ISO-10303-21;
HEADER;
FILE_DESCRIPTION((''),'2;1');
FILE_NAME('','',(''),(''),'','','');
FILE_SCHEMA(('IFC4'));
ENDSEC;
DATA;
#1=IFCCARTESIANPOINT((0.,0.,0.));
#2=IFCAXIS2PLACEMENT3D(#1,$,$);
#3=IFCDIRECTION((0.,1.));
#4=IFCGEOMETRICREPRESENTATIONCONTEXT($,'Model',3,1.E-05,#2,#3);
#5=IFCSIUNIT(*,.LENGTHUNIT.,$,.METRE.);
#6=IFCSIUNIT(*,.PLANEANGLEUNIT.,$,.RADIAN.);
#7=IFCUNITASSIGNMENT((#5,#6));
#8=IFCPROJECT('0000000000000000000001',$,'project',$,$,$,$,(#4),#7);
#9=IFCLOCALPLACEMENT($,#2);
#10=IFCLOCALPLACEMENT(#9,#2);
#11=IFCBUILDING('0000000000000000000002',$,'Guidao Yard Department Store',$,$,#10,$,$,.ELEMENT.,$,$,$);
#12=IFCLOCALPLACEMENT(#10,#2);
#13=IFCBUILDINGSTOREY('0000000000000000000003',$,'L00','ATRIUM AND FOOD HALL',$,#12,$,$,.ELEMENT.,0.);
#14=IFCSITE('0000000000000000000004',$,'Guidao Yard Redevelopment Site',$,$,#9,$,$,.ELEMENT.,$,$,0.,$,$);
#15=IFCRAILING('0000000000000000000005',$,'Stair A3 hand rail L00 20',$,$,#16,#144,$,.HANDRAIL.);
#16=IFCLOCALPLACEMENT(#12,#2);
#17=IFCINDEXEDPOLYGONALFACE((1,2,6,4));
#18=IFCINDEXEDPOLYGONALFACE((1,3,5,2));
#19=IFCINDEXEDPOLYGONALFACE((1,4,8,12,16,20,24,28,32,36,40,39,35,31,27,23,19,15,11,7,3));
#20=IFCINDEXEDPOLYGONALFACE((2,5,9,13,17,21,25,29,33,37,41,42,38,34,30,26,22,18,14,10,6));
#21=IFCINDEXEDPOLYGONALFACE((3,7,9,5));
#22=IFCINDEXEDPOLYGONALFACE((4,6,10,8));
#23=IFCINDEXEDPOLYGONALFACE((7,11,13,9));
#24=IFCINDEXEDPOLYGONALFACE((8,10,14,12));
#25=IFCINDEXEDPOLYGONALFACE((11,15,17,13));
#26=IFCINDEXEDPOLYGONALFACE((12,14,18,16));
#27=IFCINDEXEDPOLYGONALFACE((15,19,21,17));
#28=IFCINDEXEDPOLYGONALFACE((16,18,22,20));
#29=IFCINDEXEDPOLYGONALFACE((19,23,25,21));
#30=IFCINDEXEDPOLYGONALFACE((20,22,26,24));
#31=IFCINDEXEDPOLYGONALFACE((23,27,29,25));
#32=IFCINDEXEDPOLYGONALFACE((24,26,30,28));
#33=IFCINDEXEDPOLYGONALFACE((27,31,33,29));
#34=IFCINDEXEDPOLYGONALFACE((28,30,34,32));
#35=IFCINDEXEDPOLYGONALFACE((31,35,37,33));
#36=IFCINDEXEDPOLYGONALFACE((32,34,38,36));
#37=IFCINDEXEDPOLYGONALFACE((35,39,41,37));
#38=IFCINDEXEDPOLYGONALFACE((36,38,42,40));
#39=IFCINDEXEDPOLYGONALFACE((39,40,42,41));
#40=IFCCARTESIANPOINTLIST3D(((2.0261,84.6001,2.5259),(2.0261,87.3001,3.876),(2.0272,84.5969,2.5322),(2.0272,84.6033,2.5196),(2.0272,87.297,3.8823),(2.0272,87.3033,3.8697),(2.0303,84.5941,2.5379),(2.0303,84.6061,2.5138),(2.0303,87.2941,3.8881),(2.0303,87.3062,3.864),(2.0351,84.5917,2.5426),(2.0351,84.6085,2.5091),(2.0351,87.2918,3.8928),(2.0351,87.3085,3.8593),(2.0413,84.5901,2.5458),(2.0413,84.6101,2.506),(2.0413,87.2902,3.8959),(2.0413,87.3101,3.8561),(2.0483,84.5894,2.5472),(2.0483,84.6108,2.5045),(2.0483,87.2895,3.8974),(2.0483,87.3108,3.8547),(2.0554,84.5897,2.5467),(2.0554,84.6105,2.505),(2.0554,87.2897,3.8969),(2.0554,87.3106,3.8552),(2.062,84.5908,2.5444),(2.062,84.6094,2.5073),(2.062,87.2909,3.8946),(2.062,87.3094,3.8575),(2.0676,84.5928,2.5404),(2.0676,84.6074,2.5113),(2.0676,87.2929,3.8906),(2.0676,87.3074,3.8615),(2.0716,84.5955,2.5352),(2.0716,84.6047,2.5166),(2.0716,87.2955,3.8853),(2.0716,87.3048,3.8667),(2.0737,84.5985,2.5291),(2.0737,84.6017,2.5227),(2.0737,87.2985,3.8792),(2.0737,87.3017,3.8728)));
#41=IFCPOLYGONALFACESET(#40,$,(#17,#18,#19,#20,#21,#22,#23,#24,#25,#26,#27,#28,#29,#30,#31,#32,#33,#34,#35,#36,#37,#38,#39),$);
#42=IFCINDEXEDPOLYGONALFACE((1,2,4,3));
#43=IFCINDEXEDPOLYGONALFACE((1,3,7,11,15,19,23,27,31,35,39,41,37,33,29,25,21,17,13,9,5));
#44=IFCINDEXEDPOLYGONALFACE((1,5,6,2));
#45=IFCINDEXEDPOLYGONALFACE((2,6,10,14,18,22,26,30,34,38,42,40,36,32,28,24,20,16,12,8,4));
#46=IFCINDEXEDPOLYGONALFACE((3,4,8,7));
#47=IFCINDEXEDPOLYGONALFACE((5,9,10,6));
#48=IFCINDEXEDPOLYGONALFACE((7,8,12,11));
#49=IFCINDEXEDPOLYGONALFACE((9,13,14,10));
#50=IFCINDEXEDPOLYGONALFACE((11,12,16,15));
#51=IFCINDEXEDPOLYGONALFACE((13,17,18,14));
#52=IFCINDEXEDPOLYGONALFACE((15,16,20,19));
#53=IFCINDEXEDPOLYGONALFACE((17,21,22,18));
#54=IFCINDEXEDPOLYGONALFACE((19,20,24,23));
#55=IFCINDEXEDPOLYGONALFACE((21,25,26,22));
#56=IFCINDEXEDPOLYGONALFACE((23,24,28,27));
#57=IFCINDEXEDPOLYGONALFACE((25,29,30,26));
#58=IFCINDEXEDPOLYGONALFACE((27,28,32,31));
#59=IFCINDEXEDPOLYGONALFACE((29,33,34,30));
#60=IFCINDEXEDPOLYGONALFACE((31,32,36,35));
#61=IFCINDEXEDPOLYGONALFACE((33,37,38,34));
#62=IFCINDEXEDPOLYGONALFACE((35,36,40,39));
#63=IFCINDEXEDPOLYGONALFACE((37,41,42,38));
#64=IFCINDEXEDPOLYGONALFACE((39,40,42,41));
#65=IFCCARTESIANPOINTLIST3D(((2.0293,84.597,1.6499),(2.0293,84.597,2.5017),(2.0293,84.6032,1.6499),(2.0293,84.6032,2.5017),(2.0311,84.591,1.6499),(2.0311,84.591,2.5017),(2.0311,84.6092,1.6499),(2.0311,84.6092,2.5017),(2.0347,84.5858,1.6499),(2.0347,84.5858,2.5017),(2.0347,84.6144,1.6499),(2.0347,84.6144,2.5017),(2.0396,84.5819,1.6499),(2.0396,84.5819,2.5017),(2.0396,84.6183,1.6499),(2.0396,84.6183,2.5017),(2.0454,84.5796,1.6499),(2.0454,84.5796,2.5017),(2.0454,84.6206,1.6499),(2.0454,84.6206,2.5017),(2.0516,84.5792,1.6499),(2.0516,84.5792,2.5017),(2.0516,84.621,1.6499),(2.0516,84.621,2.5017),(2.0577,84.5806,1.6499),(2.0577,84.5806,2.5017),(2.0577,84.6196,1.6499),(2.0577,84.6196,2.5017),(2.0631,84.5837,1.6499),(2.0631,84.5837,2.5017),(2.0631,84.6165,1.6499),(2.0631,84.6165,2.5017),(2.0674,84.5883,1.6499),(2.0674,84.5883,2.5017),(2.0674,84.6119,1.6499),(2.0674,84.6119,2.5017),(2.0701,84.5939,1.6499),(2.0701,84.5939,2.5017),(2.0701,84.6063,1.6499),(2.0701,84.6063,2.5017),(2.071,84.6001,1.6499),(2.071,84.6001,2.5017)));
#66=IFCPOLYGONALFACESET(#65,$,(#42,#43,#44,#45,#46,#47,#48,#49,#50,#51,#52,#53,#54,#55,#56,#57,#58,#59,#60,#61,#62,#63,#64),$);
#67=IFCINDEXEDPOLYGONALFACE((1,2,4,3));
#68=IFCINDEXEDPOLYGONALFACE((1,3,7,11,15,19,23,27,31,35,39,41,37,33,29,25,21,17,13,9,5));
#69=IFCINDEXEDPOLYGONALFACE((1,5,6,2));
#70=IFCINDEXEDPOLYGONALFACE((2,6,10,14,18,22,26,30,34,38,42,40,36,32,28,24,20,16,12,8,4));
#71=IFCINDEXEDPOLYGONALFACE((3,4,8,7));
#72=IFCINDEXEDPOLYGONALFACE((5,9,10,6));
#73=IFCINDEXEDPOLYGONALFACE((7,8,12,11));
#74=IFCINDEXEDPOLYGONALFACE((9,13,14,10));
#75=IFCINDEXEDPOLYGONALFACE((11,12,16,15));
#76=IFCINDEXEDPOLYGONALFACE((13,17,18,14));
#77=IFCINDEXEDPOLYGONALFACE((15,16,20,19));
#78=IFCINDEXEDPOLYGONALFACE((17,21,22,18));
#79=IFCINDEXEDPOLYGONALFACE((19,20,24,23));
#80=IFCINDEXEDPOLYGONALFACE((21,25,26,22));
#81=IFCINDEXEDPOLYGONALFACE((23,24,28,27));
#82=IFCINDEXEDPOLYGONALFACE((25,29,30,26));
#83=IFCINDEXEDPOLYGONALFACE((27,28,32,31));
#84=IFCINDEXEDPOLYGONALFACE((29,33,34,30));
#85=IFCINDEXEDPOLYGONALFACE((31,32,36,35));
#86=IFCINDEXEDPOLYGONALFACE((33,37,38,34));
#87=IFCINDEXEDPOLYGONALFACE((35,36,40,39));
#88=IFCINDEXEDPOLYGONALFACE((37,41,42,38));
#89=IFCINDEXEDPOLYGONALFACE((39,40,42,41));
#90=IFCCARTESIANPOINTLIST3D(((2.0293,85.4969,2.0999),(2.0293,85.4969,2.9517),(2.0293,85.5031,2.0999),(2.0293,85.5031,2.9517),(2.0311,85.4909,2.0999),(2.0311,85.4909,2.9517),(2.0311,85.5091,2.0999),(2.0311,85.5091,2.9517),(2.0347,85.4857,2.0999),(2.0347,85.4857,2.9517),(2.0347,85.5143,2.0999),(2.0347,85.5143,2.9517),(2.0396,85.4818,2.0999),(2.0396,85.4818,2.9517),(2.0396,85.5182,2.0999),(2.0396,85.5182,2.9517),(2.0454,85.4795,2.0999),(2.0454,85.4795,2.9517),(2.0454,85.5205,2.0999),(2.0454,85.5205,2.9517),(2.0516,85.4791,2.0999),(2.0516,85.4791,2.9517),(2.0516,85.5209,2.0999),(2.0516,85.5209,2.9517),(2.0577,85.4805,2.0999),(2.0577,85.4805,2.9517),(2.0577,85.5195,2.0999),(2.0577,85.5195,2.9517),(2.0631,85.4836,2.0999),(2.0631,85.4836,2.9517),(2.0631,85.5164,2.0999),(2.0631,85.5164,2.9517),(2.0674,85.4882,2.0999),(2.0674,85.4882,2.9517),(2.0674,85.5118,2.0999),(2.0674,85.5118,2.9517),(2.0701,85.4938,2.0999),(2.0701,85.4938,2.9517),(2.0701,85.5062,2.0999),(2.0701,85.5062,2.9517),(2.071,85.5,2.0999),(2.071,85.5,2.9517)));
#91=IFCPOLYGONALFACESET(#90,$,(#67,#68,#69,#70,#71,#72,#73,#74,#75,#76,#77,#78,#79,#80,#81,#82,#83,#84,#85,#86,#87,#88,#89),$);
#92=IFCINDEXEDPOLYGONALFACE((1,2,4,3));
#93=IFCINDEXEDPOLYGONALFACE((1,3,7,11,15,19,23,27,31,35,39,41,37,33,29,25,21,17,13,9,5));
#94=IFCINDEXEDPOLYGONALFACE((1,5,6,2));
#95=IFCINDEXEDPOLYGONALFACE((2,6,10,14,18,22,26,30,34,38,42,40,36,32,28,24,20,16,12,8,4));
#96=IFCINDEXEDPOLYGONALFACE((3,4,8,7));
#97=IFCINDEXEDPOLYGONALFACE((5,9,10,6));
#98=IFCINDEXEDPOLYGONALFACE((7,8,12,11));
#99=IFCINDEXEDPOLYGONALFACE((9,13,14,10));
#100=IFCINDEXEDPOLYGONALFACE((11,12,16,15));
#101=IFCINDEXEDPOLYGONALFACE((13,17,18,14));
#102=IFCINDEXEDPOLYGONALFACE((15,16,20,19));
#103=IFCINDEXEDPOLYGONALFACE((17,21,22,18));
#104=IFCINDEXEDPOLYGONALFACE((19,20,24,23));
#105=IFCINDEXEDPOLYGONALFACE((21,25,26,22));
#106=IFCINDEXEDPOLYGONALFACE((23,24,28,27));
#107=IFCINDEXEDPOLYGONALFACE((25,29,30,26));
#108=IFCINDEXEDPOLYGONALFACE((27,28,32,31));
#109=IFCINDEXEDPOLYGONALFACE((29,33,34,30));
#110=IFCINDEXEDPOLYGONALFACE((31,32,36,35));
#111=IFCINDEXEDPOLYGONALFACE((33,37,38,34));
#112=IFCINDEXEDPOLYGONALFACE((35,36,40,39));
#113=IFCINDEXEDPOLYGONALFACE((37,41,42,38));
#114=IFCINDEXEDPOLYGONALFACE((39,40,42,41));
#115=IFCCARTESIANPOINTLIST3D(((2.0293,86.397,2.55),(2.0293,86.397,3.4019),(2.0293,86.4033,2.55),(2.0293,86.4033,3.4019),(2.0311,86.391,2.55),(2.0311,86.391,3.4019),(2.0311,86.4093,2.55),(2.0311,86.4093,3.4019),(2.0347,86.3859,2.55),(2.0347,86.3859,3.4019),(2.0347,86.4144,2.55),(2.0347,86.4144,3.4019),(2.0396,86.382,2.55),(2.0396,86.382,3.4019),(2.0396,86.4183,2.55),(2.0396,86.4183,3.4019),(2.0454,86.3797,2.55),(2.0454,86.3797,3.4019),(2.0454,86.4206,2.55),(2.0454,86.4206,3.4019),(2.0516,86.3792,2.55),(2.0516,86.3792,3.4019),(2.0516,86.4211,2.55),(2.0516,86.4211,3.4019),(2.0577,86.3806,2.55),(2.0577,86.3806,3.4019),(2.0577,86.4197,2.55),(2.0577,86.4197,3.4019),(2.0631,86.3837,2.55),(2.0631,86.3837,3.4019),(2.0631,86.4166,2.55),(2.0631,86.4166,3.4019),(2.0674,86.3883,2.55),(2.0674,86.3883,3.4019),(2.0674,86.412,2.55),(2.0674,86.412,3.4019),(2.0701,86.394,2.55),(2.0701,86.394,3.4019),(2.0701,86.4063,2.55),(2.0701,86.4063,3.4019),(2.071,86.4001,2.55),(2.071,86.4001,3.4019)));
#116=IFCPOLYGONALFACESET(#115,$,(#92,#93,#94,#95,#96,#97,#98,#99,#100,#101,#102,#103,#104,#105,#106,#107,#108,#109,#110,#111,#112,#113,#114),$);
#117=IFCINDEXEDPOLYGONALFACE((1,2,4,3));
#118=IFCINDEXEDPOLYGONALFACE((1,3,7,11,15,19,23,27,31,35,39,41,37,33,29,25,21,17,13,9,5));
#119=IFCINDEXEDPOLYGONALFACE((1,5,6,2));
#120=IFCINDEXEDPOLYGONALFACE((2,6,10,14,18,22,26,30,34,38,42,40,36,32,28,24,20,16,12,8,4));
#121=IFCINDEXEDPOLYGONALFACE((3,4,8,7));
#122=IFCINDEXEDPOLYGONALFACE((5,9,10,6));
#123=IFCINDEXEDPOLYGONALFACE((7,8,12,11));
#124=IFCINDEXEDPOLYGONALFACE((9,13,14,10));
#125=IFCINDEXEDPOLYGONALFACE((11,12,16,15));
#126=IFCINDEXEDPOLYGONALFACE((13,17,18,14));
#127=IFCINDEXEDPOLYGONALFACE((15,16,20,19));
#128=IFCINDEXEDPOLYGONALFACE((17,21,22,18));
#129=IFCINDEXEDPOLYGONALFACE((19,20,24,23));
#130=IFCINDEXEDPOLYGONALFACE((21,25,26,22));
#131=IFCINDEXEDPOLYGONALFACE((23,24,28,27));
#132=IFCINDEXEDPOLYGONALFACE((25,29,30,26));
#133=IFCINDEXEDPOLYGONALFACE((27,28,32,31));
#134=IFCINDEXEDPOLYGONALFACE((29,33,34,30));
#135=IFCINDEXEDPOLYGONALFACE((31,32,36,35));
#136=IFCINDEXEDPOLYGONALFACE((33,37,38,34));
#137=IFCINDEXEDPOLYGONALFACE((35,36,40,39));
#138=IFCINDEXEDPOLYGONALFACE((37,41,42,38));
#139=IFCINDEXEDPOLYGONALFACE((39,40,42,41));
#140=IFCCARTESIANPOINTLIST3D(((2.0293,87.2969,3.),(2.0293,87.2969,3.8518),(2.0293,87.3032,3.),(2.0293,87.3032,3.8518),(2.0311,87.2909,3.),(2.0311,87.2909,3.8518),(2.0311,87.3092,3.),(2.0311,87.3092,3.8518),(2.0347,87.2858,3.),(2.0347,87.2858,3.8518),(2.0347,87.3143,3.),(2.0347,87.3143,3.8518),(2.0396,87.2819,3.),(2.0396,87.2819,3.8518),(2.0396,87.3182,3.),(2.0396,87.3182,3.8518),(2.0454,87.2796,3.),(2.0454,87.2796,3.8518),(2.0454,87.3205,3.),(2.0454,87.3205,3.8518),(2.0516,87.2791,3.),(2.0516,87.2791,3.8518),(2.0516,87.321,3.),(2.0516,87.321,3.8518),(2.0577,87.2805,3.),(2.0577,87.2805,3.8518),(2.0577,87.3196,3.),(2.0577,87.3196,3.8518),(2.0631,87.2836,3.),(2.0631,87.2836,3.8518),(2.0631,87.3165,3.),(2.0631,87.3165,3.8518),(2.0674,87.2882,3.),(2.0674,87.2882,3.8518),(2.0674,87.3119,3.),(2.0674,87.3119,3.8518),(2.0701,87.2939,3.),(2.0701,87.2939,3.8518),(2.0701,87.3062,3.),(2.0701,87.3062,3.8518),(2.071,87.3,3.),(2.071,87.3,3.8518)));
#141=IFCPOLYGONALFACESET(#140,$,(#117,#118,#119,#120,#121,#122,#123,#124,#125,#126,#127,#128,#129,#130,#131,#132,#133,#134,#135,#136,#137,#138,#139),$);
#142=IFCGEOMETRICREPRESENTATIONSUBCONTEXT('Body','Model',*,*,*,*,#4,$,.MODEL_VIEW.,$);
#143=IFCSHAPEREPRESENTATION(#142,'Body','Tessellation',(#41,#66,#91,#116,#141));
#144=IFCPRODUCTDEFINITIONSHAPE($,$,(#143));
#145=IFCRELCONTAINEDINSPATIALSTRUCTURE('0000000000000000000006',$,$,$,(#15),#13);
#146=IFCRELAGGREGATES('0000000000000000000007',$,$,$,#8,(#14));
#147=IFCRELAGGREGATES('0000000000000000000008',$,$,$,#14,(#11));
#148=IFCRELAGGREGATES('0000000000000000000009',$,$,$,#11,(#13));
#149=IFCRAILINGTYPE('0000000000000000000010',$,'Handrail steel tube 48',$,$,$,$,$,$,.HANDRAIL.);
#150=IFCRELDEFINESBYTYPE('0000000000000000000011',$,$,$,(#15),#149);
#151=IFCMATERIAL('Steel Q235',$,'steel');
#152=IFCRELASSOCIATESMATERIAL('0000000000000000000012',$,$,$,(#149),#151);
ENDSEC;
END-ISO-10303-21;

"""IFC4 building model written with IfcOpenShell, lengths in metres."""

from ifc_helpers import new_model, si_unit, direction, frame, origin, origin_2d, place, context, subcontext, project, spatial, circle, extrude, material, type_object, element, save


model = new_model("IFC4")

# Units and contexts
model_context = context("Model", 3, precision=1e-05, world=origin(), true_north=direction((0.0, 1.0)))
body_context = subcontext(model_context, "Body", "Model", "MODEL_VIEW")
ifc_project = project(units=[si_unit("LENGTHUNIT", "METRE"), si_unit("PLANEANGLEUNIT", "RADIAN")], contexts=[model_context])

# Site, building, storey
site_placement = place(None, origin())
site = spatial("IfcSite", under=ifc_project, at=site_placement, Name="Guidao Yard Redevelopment Site", CompositionType="ELEMENT", RefElevation=0.0)
building_placement = place(site_placement, origin())
building = spatial("IfcBuilding", under=site, at=building_placement, Name="Guidao Yard Department Store", CompositionType="ELEMENT")
storey_placement = place(building_placement, origin())
storey = spatial("IfcBuildingStorey", under=building, at=storey_placement, Name="L00", Description="ATRIUM AND FOOD HALL", CompositionType="ELEMENT", Elevation=0.0)

# Railing
ifc_material_1 = material(Name="Steel Q235", Category="steel")
railing_type = type_object("IfcRailingType", Name="Handrail steel tube 48", PredefinedType="HANDRAIL", material=ifc_material_1)
for number, where, name in (
    (1, (2.05, 84.6001, 1.6499), "Stair A3 hand rail L00 20"),
):
    element("IfcRailing", number, at=place(storey_placement, frame(where)), inside=storey, type_object=railing_type, Name=name, PredefinedType="HANDRAIL", context=body_context, shape_type="SweptSolid", body=[
        extrude(circle(Radius=0.0239, at=origin_2d()), frame((0.0, 0.0, 0.876), z_axis=(0.0, 0.894411, 0.447246), x_axis=(-1.0, 0.0, 0.0)), (0.0, 0.0, 1.0), 3.0188),
        extrude(circle(Radius=0.021, at=origin_2d()), origin(), (0.0, 0.0, 1.0), 0.8518),
        extrude(circle(Radius=0.021, at=origin_2d()), frame((0.0, 0.8999, 0.45)), (0.0, 0.0, 1.0), 0.8518),
        extrude(circle(Radius=0.021, at=origin_2d()), frame((0.0, 1.8, 0.9001)), (0.0, 0.0, 1.0), 0.8518),
        extrude(circle(Radius=0.021, at=origin_2d()), frame((0.0, 2.7, 1.3501)), (0.0, 0.0, 1.0), 0.8518),
    ])

save(model, "model.ifc")
